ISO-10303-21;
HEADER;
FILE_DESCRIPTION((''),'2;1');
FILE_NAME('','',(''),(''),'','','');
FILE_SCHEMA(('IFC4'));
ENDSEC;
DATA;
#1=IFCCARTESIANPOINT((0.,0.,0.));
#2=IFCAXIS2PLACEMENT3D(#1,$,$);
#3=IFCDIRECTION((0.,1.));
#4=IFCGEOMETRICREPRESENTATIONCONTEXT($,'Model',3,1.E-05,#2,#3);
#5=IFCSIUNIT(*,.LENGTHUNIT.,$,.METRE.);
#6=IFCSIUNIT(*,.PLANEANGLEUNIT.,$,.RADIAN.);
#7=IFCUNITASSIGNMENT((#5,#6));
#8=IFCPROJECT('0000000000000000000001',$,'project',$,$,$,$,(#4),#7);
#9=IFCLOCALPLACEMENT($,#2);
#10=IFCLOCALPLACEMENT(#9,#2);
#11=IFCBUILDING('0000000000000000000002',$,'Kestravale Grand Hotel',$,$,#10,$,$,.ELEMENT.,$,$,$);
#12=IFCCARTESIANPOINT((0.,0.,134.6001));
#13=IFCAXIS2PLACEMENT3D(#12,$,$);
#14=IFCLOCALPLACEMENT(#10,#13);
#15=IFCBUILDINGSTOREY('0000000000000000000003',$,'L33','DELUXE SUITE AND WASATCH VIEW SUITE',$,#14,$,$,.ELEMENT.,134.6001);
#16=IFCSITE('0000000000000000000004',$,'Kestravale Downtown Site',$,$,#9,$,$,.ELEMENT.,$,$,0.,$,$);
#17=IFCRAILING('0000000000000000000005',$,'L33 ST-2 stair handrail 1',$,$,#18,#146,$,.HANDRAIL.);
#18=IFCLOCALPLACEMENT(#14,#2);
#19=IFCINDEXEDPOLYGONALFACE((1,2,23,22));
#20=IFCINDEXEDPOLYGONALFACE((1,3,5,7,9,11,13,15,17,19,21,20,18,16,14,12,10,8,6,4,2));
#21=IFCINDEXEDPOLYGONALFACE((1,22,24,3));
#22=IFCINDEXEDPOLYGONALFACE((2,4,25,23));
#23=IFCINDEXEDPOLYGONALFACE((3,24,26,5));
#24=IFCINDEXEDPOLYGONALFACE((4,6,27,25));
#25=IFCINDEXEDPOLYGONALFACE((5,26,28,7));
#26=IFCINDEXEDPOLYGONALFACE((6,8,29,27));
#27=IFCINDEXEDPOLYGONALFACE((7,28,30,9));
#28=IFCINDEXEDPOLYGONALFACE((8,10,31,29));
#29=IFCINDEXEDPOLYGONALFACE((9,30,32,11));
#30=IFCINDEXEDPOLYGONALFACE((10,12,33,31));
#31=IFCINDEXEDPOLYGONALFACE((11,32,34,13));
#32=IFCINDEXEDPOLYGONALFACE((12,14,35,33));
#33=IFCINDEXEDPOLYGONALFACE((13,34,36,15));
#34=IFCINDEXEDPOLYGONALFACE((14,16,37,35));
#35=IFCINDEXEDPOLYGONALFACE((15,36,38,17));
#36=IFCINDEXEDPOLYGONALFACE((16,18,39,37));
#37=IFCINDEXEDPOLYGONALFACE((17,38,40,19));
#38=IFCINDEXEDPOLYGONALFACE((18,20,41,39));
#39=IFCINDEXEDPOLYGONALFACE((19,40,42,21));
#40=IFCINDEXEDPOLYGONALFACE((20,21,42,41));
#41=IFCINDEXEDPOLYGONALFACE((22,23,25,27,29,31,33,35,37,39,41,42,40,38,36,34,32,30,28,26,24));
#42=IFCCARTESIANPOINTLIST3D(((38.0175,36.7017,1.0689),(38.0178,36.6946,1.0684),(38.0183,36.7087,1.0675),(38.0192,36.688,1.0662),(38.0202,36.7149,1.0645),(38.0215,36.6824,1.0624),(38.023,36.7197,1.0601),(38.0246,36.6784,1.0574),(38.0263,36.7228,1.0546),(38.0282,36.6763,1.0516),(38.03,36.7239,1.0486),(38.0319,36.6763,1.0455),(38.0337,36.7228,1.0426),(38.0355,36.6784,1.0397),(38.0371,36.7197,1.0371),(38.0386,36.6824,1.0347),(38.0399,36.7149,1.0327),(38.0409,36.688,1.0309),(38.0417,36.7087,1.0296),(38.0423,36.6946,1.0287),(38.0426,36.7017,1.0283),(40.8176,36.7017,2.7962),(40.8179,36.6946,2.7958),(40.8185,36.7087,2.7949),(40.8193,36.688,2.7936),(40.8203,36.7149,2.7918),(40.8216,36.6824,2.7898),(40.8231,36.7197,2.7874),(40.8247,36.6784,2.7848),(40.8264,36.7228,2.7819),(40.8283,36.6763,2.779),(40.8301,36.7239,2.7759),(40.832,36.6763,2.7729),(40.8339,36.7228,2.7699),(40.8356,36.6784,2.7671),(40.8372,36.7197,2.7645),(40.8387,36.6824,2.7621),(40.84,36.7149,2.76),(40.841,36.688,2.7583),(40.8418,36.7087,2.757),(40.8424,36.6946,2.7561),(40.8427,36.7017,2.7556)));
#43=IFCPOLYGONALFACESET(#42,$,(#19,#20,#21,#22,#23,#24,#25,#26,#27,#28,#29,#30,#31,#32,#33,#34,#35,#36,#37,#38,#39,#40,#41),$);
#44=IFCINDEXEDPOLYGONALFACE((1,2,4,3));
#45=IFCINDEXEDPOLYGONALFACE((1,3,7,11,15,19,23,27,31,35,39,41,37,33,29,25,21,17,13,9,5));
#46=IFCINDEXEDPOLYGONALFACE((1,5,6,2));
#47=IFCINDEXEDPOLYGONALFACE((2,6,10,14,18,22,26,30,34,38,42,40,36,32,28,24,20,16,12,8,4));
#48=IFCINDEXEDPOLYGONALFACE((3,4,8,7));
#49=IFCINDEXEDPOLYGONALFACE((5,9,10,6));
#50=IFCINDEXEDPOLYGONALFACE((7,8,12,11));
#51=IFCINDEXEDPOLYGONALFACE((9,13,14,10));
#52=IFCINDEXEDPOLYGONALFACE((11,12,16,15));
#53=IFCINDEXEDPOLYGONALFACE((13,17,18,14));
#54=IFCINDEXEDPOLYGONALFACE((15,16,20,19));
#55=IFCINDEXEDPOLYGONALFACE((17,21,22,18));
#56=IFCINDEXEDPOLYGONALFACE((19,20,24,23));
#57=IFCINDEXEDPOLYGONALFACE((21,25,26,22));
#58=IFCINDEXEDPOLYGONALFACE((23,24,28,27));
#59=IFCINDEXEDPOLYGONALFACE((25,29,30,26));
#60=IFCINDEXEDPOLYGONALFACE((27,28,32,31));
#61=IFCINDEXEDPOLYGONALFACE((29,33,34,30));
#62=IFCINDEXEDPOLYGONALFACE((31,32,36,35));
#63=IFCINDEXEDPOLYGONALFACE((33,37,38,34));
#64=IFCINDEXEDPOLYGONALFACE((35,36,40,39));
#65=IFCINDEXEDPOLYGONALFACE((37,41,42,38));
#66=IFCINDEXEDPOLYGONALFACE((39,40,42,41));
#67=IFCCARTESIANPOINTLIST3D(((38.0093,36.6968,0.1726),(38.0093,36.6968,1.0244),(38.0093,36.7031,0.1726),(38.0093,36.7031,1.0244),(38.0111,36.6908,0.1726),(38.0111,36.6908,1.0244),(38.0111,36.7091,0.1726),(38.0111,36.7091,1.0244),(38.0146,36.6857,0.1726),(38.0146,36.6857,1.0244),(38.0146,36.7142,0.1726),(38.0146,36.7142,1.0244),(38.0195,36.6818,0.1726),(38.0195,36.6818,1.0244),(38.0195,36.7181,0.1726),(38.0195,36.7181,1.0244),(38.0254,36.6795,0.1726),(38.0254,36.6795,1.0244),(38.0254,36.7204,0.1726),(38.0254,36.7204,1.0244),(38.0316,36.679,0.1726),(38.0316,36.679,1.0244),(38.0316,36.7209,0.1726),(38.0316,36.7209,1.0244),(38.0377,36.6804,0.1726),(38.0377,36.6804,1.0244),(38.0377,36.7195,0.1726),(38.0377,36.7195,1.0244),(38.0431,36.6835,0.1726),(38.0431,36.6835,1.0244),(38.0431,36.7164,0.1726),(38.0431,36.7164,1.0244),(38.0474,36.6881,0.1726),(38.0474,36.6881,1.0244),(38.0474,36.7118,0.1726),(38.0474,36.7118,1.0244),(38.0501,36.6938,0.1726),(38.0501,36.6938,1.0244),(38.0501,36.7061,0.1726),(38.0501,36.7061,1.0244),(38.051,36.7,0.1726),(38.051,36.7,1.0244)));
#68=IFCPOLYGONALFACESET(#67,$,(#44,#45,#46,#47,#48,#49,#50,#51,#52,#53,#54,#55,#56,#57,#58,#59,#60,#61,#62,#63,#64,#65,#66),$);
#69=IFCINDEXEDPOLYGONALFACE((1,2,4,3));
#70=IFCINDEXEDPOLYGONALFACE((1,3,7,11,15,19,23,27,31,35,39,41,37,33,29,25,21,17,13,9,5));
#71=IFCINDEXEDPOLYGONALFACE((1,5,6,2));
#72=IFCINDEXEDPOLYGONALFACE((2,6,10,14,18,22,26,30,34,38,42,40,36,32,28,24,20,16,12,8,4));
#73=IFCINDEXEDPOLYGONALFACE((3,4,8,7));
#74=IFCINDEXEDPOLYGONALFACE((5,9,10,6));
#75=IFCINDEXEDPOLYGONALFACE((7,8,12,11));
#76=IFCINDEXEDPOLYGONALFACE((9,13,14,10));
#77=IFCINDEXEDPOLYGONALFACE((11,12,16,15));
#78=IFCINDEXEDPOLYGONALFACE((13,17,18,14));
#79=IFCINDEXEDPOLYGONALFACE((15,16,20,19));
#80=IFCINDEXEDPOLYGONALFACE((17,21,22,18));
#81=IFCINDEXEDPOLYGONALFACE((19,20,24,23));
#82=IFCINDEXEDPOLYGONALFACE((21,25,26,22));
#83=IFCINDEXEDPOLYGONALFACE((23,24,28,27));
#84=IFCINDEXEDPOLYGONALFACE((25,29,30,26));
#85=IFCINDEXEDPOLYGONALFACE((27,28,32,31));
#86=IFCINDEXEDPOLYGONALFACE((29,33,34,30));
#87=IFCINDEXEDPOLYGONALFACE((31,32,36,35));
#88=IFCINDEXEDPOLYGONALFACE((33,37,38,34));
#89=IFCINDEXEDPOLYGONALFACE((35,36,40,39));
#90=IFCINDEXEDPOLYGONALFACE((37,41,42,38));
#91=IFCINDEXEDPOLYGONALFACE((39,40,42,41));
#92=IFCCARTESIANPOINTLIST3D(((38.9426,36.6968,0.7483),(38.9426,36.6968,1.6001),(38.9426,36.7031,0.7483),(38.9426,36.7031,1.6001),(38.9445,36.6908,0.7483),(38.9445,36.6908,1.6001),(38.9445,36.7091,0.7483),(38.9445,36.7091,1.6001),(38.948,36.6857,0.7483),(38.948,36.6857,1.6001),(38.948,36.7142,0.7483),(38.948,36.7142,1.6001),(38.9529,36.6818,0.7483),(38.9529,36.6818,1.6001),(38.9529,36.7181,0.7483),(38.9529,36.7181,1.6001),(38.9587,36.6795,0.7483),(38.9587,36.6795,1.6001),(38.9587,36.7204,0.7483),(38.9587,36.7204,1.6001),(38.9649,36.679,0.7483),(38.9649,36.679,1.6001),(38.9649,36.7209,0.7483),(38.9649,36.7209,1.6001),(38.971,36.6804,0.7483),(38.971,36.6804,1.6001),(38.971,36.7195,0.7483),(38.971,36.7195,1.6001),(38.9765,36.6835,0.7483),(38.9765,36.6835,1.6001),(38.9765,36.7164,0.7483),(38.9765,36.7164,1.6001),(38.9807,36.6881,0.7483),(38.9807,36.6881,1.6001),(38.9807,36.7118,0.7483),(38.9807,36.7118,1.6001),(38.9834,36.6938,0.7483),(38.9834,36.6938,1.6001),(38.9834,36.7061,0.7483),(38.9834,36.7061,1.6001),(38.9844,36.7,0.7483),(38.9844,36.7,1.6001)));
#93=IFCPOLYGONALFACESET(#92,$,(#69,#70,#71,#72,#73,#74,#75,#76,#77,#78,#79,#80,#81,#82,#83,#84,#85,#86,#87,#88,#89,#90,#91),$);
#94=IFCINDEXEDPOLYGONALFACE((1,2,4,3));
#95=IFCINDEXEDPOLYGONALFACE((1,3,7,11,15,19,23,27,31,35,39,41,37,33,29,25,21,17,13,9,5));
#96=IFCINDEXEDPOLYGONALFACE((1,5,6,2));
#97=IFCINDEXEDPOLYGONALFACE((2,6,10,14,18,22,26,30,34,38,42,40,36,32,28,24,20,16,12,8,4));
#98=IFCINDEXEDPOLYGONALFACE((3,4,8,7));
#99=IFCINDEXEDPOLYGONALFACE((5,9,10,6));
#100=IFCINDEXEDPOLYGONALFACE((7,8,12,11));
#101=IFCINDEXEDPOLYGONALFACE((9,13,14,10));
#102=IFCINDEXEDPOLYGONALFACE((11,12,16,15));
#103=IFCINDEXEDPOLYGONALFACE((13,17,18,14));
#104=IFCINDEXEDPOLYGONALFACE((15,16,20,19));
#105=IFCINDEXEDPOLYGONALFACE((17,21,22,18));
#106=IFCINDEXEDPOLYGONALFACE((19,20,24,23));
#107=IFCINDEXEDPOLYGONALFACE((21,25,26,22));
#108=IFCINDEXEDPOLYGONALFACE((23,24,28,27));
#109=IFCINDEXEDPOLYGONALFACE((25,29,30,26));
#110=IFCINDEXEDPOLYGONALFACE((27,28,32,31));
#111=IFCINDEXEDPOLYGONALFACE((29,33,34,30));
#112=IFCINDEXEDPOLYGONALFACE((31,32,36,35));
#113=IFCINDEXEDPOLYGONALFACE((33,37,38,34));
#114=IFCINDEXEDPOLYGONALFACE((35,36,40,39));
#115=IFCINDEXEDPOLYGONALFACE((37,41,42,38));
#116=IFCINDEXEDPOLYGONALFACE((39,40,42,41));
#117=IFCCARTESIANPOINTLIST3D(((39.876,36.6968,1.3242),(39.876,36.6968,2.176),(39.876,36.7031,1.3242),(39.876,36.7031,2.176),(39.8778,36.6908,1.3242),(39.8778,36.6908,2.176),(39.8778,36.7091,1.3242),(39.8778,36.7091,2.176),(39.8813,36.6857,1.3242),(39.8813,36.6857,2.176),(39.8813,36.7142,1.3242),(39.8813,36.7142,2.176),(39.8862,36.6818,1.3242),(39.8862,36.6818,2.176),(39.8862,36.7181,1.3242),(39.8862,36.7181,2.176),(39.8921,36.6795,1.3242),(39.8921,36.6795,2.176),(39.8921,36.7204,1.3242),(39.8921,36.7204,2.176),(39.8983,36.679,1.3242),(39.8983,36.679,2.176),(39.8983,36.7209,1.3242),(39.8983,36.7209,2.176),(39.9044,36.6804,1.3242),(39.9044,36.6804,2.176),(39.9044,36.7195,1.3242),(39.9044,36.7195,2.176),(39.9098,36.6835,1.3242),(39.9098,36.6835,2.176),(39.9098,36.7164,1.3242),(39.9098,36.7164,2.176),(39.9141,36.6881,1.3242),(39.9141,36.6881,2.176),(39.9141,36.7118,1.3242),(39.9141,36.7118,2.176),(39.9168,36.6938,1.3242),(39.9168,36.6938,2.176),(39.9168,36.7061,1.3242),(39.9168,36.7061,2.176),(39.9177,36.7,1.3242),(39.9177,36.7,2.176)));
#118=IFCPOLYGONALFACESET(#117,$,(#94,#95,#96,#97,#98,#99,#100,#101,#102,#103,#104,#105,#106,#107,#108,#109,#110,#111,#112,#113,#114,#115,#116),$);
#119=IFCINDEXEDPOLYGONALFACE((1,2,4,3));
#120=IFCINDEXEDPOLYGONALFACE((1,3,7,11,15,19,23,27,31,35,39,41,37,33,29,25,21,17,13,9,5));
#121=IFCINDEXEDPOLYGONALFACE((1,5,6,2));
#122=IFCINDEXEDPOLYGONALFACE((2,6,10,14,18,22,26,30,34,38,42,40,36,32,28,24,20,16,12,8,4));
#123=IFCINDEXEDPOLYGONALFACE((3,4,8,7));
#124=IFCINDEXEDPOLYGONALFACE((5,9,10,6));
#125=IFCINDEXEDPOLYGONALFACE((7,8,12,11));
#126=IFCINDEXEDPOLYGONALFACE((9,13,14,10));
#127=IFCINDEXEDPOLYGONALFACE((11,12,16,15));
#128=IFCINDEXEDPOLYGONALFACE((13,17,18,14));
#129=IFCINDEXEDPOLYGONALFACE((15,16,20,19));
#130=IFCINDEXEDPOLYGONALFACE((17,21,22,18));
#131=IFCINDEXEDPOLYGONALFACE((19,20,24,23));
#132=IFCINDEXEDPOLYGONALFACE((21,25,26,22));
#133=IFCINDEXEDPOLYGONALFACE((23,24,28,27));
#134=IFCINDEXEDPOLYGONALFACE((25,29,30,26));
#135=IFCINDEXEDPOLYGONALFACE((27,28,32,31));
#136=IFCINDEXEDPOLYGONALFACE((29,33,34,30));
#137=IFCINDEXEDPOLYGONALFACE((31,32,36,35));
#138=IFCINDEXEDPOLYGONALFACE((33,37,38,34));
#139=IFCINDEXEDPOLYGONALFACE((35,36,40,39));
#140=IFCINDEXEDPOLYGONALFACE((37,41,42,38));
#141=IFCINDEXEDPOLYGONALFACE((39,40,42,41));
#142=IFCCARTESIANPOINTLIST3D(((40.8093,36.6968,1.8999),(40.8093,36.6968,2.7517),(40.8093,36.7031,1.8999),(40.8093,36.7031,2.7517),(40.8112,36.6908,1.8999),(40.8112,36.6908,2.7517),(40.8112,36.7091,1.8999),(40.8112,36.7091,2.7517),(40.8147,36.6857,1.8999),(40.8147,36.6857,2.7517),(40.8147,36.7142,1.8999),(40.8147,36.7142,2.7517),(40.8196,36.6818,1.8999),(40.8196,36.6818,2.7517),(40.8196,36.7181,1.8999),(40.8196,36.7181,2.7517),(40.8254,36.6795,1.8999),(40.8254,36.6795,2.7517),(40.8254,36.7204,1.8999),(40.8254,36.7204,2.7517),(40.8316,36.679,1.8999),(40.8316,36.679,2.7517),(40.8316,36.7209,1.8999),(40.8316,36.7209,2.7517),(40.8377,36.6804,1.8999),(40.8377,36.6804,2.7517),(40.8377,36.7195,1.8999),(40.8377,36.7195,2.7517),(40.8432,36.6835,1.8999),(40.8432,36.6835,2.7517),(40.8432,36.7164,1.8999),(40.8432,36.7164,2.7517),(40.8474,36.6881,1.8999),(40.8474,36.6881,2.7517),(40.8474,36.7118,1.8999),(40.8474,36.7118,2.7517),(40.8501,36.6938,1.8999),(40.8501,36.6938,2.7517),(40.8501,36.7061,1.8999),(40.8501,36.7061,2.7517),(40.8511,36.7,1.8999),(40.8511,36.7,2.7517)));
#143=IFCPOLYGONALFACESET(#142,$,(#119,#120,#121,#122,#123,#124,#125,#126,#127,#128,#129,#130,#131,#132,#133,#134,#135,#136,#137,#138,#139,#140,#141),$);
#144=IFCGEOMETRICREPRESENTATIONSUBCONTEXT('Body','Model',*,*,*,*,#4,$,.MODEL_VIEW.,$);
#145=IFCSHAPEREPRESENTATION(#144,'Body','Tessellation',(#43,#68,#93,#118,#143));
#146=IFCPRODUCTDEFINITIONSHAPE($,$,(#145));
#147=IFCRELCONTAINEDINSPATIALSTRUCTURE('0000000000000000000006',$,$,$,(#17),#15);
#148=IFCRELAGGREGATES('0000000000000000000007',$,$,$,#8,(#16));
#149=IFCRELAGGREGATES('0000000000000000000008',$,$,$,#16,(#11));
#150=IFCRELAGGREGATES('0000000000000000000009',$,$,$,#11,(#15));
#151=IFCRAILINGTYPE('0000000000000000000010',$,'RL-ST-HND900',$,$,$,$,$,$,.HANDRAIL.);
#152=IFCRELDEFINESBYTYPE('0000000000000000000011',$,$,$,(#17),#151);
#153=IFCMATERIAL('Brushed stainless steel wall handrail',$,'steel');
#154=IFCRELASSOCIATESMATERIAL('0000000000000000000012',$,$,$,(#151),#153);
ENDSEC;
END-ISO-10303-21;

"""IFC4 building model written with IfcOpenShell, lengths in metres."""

from ifc_helpers import new_model, si_unit, direction, frame, origin, origin_2d, place, context, subcontext, project, spatial, circle, extrude, material, type_object, element, save


model = new_model("IFC4")

# Units and contexts
model_context = context("Model", 3, precision=1e-05, world=origin(), true_north=direction((0.0, 1.0)))
body_context = subcontext(model_context, "Body", "Model", "MODEL_VIEW")
ifc_project = project(units=[si_unit("LENGTHUNIT", "METRE"), si_unit("PLANEANGLEUNIT", "RADIAN")], contexts=[model_context])

# Site, building, storey
site_placement = place(None, origin())
site = spatial("IfcSite", under=ifc_project, at=site_placement, Name="Kestravale Downtown Site", CompositionType="ELEMENT", RefElevation=0.0)
building_placement = place(site_placement, origin())
building = spatial("IfcBuilding", under=site, at=building_placement, Name="Kestravale Grand Hotel", CompositionType="ELEMENT")
storey_placement = place(building_placement, frame((0.0, 0.0, 134.6001)))
storey = spatial("IfcBuildingStorey", under=building, at=storey_placement, Name="L33", Description="DELUXE SUITE AND WASATCH VIEW SUITE", CompositionType="ELEMENT", Elevation=134.6001)

# Railing
ifc_material_1 = material(Name="Brushed stainless steel wall handrail", Category="steel")
railing_type_1 = type_object("IfcRailingType", Name="RL-ST-HND900", PredefinedType="HANDRAIL", material=ifc_material_1)
railing_1_placement = place(storey_placement, frame((38.03, 36.7, 0.1726)))
element("IfcRailing", 1, at=railing_1_placement, inside=storey, type_object=railing_type_1, Name="L33 ST-2 stair handrail 1", PredefinedType="HANDRAIL", context=body_context, shape_type="SweptSolid", body=[
    extrude(circle(Radius=0.0239, at=origin_2d()), frame((0.0, 0.0, 0.876), z_axis=(0.85109, 0.0, 0.52502), x_axis=(0.0, 1.0, 0.0)), (0.0, 0.0, 1.0), 3.29),
    extrude(circle(Radius=0.021, at=origin_2d()), origin(), (0.0, 0.0, 1.0), 0.8518),
    extrude(circle(Radius=0.021, at=origin_2d()), frame((0.9333, 0.0, 0.5757)), (0.0, 0.0, 1.0), 0.8518),
    extrude(circle(Radius=0.021, at=origin_2d()), frame((1.8667, 0.0, 1.1516)), (0.0, 0.0, 1.0), 0.8518),
    extrude(circle(Radius=0.021, at=origin_2d()), frame((2.8, 0.0, 1.7273)), (0.0, 0.0, 1.0), 0.8518),
])

save(model, "model.ifc")
